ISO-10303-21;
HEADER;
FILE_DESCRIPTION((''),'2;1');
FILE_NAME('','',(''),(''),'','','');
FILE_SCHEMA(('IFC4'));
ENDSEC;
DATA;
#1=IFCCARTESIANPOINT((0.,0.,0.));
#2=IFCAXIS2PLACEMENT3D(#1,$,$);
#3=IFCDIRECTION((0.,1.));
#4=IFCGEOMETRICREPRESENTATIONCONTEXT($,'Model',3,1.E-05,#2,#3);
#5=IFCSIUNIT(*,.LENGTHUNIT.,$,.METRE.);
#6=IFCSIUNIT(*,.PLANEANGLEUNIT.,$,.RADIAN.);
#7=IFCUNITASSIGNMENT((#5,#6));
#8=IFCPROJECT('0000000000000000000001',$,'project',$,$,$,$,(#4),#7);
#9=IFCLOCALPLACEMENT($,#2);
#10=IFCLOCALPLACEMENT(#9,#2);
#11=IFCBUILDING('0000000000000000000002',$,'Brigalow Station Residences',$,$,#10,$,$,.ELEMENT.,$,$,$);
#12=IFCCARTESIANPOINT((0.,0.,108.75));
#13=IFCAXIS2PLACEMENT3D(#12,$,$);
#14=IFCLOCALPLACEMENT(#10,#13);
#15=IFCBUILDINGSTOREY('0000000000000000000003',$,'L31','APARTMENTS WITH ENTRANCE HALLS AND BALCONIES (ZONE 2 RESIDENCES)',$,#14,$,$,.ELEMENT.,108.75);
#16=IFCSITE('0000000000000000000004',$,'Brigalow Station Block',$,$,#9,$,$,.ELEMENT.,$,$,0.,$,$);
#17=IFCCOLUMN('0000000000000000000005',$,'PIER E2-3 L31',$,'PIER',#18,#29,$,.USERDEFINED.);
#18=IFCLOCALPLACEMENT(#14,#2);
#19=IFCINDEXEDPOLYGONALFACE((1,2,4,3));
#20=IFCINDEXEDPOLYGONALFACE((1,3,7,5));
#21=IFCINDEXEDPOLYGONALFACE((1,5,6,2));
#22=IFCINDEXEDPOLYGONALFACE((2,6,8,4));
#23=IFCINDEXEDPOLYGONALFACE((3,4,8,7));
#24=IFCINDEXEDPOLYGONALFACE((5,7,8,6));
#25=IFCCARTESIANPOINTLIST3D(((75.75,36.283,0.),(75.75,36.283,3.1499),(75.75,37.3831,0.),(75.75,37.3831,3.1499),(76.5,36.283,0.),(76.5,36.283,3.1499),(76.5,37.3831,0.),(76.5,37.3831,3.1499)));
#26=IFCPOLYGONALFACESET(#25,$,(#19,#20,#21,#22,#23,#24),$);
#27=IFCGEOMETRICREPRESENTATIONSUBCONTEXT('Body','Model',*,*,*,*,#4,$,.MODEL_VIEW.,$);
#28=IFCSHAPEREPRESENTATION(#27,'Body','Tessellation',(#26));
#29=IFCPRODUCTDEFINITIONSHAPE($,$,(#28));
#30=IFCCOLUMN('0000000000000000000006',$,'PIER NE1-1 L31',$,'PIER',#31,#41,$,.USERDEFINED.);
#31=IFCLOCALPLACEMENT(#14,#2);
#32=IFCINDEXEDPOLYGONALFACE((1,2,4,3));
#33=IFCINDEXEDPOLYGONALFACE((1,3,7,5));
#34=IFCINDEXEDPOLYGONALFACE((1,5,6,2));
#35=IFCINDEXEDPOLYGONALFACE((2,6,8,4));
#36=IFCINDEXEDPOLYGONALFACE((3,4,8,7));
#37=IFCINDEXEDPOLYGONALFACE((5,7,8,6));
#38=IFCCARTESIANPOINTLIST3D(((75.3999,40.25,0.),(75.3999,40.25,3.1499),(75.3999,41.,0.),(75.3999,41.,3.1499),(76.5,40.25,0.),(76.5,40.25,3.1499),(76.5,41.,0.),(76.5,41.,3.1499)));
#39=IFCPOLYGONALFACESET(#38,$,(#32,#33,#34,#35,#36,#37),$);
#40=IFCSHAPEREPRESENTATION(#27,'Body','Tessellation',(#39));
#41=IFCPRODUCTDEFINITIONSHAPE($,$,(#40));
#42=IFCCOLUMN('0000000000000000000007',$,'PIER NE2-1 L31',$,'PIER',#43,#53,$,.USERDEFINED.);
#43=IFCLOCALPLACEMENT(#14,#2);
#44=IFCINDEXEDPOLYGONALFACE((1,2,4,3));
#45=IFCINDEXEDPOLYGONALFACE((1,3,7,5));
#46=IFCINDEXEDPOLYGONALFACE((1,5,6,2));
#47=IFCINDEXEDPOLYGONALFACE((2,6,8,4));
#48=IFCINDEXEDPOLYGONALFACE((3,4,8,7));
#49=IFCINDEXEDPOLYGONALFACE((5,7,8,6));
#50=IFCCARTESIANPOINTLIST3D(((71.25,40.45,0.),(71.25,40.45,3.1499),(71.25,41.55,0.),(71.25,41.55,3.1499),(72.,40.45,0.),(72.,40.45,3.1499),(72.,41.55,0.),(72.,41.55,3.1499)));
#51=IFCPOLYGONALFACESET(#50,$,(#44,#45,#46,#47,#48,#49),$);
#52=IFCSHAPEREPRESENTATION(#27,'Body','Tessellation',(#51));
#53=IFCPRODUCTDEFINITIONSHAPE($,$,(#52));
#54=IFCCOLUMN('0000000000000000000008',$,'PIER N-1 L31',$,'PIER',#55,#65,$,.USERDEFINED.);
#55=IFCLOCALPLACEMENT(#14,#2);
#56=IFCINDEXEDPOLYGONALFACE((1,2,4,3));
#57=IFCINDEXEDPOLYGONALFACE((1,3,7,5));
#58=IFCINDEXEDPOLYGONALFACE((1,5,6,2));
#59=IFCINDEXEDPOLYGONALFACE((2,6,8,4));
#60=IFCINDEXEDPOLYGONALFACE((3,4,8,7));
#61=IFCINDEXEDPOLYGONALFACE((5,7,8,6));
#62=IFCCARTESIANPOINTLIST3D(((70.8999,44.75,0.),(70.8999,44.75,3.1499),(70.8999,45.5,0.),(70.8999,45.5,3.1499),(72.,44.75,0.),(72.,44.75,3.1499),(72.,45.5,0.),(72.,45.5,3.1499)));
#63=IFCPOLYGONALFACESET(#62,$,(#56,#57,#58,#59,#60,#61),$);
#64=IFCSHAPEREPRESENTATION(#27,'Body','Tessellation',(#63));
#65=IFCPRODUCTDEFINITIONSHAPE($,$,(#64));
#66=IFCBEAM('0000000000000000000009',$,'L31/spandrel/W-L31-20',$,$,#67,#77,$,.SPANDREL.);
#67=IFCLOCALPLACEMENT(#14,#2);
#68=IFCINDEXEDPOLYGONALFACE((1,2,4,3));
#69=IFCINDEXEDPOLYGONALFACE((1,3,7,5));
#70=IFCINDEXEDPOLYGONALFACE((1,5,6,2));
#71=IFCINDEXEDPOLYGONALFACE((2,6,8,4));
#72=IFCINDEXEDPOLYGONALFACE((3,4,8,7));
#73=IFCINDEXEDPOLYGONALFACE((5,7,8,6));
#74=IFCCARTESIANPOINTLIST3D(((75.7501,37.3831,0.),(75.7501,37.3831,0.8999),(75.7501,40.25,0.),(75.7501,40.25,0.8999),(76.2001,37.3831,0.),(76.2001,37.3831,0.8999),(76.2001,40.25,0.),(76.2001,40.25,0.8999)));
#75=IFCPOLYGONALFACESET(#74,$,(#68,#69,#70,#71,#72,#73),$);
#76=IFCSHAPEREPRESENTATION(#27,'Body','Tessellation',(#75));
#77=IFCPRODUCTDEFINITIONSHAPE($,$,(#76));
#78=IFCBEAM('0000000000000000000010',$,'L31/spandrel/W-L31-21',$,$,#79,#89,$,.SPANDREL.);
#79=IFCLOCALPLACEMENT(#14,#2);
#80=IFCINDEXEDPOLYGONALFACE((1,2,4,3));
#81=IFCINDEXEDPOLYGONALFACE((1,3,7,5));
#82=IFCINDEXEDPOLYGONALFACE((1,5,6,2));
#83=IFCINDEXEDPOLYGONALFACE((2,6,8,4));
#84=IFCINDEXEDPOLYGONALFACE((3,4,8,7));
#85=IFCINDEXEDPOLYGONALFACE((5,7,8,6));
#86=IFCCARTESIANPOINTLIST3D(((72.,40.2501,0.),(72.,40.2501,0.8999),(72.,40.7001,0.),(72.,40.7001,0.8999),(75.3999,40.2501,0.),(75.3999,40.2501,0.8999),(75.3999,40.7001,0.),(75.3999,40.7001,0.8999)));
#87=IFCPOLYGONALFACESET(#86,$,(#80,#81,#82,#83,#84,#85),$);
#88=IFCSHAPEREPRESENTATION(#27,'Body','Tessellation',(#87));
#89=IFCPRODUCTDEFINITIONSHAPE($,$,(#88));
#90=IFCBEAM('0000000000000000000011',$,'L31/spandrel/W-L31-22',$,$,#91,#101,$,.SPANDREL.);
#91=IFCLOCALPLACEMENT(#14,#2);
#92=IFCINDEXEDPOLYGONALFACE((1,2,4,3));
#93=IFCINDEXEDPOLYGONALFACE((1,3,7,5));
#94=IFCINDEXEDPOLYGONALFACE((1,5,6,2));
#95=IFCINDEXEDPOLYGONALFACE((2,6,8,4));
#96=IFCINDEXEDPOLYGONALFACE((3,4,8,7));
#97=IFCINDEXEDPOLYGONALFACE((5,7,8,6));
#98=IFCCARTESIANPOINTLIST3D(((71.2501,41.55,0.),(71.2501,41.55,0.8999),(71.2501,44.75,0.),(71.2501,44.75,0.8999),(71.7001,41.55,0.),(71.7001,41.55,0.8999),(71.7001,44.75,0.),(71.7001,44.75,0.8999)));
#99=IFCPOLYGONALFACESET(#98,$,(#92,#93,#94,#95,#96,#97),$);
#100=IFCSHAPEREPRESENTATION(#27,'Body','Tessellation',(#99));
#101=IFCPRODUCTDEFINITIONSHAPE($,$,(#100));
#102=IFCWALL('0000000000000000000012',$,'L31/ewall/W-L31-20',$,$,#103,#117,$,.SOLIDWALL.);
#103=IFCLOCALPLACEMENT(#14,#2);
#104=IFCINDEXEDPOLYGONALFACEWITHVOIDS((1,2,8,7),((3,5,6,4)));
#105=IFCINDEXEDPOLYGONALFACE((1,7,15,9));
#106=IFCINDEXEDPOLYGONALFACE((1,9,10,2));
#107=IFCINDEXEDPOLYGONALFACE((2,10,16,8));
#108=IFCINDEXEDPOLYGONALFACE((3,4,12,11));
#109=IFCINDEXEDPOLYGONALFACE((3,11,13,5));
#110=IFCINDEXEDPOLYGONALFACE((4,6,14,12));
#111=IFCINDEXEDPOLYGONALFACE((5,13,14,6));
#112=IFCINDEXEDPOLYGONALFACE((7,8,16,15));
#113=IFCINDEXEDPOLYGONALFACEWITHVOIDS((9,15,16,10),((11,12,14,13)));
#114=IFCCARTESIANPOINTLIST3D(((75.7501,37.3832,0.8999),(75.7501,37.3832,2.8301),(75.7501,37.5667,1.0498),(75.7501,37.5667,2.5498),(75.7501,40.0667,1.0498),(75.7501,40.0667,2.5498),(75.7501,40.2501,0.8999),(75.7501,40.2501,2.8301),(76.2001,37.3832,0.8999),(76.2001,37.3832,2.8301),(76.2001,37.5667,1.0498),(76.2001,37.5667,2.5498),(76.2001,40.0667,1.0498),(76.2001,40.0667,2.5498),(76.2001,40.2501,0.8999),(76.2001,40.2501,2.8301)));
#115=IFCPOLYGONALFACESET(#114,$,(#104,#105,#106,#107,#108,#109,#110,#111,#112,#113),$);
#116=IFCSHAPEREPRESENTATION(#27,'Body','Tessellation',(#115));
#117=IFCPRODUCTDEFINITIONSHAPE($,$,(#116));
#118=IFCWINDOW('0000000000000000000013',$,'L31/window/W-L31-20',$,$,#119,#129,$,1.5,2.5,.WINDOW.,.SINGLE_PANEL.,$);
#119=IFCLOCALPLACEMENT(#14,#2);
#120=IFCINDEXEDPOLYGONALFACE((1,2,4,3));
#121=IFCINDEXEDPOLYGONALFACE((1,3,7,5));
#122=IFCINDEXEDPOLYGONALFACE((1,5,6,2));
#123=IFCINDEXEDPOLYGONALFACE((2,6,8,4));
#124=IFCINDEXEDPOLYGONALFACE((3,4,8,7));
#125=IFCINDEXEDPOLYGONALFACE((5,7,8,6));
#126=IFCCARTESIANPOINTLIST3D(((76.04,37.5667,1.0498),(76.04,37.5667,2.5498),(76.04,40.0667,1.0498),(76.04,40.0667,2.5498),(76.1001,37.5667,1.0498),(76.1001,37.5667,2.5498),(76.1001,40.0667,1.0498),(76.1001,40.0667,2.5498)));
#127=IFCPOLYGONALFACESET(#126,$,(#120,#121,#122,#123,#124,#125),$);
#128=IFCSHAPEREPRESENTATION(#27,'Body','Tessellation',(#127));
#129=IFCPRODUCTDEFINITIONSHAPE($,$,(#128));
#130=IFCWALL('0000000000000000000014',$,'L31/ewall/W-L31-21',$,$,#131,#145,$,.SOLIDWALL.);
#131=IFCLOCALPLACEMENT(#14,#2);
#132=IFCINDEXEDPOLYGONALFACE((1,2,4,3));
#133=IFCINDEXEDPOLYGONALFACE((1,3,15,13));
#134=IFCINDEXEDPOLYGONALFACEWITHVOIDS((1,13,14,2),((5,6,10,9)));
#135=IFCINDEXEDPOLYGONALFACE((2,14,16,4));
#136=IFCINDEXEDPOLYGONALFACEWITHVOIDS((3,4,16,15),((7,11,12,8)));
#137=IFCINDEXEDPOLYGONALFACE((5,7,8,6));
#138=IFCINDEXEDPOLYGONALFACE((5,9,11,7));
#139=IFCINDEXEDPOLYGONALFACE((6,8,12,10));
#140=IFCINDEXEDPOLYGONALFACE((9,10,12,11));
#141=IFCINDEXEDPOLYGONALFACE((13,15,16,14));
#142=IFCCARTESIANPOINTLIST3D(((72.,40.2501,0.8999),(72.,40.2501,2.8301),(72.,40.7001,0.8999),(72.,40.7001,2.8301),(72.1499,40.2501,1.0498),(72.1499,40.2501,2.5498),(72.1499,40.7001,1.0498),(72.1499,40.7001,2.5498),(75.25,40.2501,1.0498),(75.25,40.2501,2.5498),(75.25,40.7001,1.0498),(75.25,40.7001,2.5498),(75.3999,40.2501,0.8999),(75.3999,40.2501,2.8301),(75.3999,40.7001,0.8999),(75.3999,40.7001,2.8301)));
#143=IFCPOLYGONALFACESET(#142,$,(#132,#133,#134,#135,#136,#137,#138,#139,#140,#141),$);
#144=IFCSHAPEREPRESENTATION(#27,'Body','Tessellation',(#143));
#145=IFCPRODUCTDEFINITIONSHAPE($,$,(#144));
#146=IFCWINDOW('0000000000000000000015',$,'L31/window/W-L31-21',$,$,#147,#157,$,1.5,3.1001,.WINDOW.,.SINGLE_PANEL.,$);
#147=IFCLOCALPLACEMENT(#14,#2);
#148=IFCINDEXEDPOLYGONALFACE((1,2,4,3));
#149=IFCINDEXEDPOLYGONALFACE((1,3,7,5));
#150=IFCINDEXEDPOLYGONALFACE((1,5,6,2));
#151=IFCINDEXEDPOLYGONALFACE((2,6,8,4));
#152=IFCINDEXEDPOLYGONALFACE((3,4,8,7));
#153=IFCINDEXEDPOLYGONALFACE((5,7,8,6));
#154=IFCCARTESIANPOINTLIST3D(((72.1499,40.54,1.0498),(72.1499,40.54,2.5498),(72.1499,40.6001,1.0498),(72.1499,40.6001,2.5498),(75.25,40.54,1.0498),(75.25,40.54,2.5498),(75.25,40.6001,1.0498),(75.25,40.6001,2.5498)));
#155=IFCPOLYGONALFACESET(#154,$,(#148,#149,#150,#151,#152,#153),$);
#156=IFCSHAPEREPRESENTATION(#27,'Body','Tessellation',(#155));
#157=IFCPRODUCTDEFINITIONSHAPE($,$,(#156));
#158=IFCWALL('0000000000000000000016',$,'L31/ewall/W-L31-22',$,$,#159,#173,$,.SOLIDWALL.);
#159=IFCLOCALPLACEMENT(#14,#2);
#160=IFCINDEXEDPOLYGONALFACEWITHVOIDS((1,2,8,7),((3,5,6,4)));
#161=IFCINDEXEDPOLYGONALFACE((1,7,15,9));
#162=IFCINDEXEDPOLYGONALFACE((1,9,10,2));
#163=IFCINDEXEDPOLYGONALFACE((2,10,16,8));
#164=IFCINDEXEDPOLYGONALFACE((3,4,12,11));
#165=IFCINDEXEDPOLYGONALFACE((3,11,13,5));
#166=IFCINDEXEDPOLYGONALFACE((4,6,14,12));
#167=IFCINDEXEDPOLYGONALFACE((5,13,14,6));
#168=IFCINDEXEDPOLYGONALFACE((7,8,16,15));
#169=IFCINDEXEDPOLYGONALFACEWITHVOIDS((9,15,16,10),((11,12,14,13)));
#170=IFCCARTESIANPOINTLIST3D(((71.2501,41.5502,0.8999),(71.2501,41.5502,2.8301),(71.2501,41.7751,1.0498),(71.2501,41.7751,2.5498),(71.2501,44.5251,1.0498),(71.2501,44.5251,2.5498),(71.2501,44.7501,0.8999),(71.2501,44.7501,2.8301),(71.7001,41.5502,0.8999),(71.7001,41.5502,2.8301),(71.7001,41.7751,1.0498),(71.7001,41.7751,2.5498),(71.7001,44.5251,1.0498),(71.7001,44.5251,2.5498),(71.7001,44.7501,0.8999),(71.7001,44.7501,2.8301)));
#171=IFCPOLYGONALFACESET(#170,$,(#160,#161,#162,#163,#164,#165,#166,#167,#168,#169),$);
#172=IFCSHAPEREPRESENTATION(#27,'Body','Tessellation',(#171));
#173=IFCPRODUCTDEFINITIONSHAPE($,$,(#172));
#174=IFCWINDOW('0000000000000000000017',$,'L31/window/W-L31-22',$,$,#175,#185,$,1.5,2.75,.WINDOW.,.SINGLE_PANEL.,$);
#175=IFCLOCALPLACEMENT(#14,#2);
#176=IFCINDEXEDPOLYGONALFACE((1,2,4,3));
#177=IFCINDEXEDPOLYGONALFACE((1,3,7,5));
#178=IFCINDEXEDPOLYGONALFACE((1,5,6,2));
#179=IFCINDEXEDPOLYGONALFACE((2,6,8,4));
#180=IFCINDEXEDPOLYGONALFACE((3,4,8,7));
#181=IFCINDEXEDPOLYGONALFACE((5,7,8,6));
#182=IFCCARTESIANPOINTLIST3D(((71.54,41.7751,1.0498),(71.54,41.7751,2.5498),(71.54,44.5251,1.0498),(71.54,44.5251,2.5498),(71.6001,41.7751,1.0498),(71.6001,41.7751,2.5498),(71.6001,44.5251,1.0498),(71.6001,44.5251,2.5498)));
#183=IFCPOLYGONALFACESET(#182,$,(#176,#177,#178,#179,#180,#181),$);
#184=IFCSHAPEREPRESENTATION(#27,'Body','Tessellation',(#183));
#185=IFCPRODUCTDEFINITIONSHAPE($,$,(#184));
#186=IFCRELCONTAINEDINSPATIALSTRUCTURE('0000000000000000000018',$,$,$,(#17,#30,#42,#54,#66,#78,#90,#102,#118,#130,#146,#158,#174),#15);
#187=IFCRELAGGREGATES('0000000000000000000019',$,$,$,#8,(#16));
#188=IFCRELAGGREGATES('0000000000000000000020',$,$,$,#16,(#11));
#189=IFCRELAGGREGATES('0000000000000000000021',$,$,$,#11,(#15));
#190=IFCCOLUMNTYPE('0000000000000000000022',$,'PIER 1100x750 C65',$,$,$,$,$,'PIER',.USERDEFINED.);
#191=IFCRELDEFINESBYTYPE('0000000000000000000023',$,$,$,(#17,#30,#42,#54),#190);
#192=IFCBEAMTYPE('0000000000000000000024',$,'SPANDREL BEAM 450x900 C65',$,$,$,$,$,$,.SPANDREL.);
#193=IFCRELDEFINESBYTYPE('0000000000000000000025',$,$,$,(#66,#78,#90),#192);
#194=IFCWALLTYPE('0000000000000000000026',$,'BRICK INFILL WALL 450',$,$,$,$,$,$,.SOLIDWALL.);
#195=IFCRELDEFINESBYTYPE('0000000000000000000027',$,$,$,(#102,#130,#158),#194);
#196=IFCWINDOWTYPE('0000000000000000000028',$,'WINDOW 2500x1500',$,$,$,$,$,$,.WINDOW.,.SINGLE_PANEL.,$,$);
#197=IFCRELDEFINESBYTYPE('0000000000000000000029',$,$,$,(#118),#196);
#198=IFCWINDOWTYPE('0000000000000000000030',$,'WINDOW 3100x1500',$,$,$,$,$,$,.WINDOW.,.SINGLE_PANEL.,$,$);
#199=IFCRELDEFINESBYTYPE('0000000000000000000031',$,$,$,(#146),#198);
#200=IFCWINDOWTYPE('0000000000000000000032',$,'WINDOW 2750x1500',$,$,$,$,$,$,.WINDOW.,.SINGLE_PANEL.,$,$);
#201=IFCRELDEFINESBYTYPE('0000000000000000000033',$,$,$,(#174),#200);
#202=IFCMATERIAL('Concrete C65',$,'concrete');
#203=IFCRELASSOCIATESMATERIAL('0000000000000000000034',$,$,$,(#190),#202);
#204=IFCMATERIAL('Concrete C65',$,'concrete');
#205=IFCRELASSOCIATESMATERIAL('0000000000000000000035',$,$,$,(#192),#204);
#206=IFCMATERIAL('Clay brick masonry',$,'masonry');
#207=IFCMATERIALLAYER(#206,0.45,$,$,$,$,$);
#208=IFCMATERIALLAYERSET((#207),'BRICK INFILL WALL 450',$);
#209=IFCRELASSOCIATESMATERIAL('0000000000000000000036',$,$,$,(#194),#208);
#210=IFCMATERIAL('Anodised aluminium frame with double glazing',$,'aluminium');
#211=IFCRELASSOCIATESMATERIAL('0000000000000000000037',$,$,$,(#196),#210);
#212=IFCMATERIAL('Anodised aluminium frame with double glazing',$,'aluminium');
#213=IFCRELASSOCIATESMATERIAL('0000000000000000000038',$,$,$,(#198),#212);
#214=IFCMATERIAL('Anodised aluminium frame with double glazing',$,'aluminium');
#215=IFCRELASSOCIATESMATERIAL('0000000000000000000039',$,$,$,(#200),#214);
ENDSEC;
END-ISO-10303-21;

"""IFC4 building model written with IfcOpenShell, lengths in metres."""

from ifc_helpers import new_model, si_unit, direction, frame, frame_2d, origin, origin_2d, place, context, subcontext, project, spatial, rectangle, extrude, material, layer, layer_set, material_profile, profile_set, type_object, element, fill, save


model = new_model("IFC4")

# Units and contexts
model_context = context("Model", 3, precision=1e-05, world=origin(), true_north=direction((0.0, 1.0)))
body_context = subcontext(model_context, "Body", "Model", "MODEL_VIEW")
ifc_project = project(units=[si_unit("LENGTHUNIT", "METRE"), si_unit("PLANEANGLEUNIT", "RADIAN")], contexts=[model_context])

# Site, building, storey
site_placement = place(None, origin())
site = spatial("IfcSite", under=ifc_project, at=site_placement, Name="Brigalow Station Block", CompositionType="ELEMENT", RefElevation=0.0)
building_placement = place(site_placement, origin())
building = spatial("IfcBuilding", under=site, at=building_placement, Name="Brigalow Station Residences", CompositionType="ELEMENT")
storey_placement = place(building_placement, frame((0.0, 0.0, 108.75)))
storey = spatial("IfcBuildingStorey", under=building, at=storey_placement, Name="L31", Description="APARTMENTS WITH ENTRANCE HALLS AND BALCONIES (ZONE 2 RESIDENCES)", CompositionType="ELEMENT", Elevation=108.75)

# Columns
ifc_material_1 = material(Name="Concrete C65", Category="concrete")
ifc_material_profile_1 = material_profile(ifc_material_1, rectangle(XDim=1.1001, YDim=0.75, at=origin_2d()), Name="RC1100x750")
ifc_profile_set_1 = profile_set([ifc_material_profile_1], Name="Concrete C65")
column_type = type_object("IfcColumnType", Name="PIER 1100x750 C65", ElementType="PIER", PredefinedType="USERDEFINED", material=ifc_profile_set_1)
for number, where, z_axis, x_axis, name in (
    (1, (76.125, 36.833, 0.0), (0.0, 0.0, 1.0), (0.0, 1.0, 0.0), "PIER E2-3 L31"),
    (2, (75.95, 40.625, 0.0), (0.0, 0.0, 1.0), (-1.0, 0.0, 0.0), "PIER NE1-1 L31"),
    (3, (71.625, 41.0, 0.0), (0.0, 0.0, 1.0), (0.0, 1.0, 0.0), "PIER NE2-1 L31"),
    (4, (71.45, 45.125, 0.0), (0.0, 0.0, 1.0), (-1.0, 0.0, 0.0), "PIER N-1 L31"),
):
    element("IfcColumn", number, at=place(storey_placement, frame(where, z_axis=z_axis, x_axis=x_axis)), inside=storey, type_object=column_type, Name=name, ObjectType="PIER", PredefinedType="USERDEFINED", context=body_context, shape_type="SweptSolid", body=[
        extrude(rectangle(XDim=1.1001, YDim=0.75, at=origin_2d()), origin(), (0.0, 0.0, 1.0), 3.1499),
    ])

# Beams
ifc_material_2 = material(Name="Concrete C65", Category="concrete")
ifc_material_profile_2 = material_profile(ifc_material_2, rectangle(XDim=0.45, YDim=0.8999, at=origin_2d()), Name="RC450x900")
ifc_profile_set_2 = profile_set([ifc_material_profile_2], Name="Concrete C65")
beam_type = type_object("IfcBeamType", Name="SPANDREL BEAM 450x900 C65", PredefinedType="SPANDREL", material=ifc_profile_set_2)
beam_1_placement = place(storey_placement, frame((75.9751, 37.3831, 0.45), z_axis=(0.0, 1.0, 0.0), x_axis=(-1.0, 0.0, 0.0)))
element("IfcBeam", 5, at=beam_1_placement, inside=storey, type_object=beam_type, Name="L31/spandrel/W-L31-20", PredefinedType="SPANDREL", context=body_context, shape_type="SweptSolid", body=[
    extrude(rectangle(XDim=0.45, YDim=0.8999, at=origin_2d()), origin(), (0.0, 0.0, 1.0), 2.8669),
])
beam_2_placement = place(storey_placement, frame((75.3999, 40.4751, 0.45), z_axis=(-1.0, 0.0, 0.0), x_axis=(0.0, -1.0, 0.0)))
element("IfcBeam", 6, at=beam_2_placement, inside=storey, type_object=beam_type, Name="L31/spandrel/W-L31-21", PredefinedType="SPANDREL", context=body_context, shape_type="SweptSolid", body=[
    extrude(rectangle(XDim=0.45, YDim=0.8999, at=origin_2d()), origin(), (0.0, 0.0, 1.0), 3.3999),
])
beam_3_placement = place(storey_placement, frame((71.4751, 41.55, 0.45), z_axis=(0.0, 1.0, 0.0), x_axis=(-1.0, 0.0, 0.0)))
element("IfcBeam", 7, at=beam_3_placement, inside=storey, type_object=beam_type, Name="L31/spandrel/W-L31-22", PredefinedType="SPANDREL", context=body_context, shape_type="SweptSolid", body=[
    extrude(rectangle(XDim=0.45, YDim=0.8999, at=origin_2d()), origin(), (0.0, 0.0, 1.0), 3.2),
])

# Walls, openings, windows
ifc_material_3 = material(Name="Clay brick masonry", Category="masonry")
ifc_layer_1 = layer(ifc_material_3, 0.45)
ifc_layer_set_1 = layer_set([ifc_layer_1], Name="BRICK INFILL WALL 450")
wall_type_1 = type_object("IfcWallType", Name="BRICK INFILL WALL 450", PredefinedType="SOLIDWALL", material=ifc_layer_set_1)
wall_1_placement = place(storey_placement, frame((75.9751, 37.3831, 0.8999), z_axis=(0.0, 0.0, 1.0), x_axis=(0.0, 1.0, 0.0)))
wall_1 = element("IfcWall", 8, at=wall_1_placement, inside=storey, type_object=wall_type_1, Name="L31/ewall/W-L31-20", PredefinedType="SOLIDWALL", context=body_context, shape_type="SweptSolid", body=[
    extrude(rectangle(XDim=2.8669, YDim=0.45, at=frame_2d((1.4336, 0.0))), origin(), (0.0, 0.0, 1.0), 1.9302),
])
opening_1_placement = place(wall_1_placement, frame((0.1836, 0.0, 0.1499)))
opening_1 = element("IfcOpeningElement", 9, at=opening_1_placement, cuts=wall_1, PredefinedType="OPENING", context=body_context, shape_type="SweptSolid", body=[
    extrude(rectangle(XDim=2.5, YDim=1.5, at=frame_2d((1.25, 0.75))), frame((0.0, 0.2349, 0.0), z_axis=(0.0, -1.0, 0.0), x_axis=(1.0, 0.0, 0.0)), (0.0, 0.0, 1.0), 0.47),
])
ifc_material_4 = material(Name="Anodised aluminium frame with double glazing", Category="aluminium")
window_type_1 = type_object("IfcWindowType", Name="WINDOW 2500x1500", PartitioningType="SINGLE_PANEL", PredefinedType="WINDOW", material=ifc_material_4)
window_1_placement = place(opening_1_placement, origin())
window_1 = element("IfcWindow", 10, at=window_1_placement, inside=storey, type_object=window_type_1, Name="L31/window/W-L31-20", OverallHeight=1.5, OverallWidth=2.5, PartitioningType="SINGLE_PANEL", PredefinedType="WINDOW", context=body_context, shape_type="SweptSolid", body=[
    extrude(rectangle(XDim=2.5, YDim=1.5, at=frame_2d((1.25, 0.75))), frame((0.0, -0.0649, 0.0), z_axis=(0.0, -1.0, 0.0), x_axis=(1.0, 0.0, 0.0)), (0.0, 0.0, 1.0), 0.0601),
])
fill(opening_1, window_1)
wall_2_placement = place(storey_placement, frame((75.3999, 40.4751, 0.8999), z_axis=(0.0, 0.0, 1.0), x_axis=(-1.0, 0.0, 0.0)))
wall_2 = element("IfcWall", 11, at=wall_2_placement, inside=storey, type_object=wall_type_1, Name="L31/ewall/W-L31-21", PredefinedType="SOLIDWALL", context=body_context, shape_type="SweptSolid", body=[
    extrude(rectangle(XDim=3.3999, YDim=0.45, at=frame_2d((1.7, 0.0))), origin(), (0.0, 0.0, 1.0), 1.9302),
])
opening_2_placement = place(wall_2_placement, frame((0.1499, 0.0, 0.1499)))
opening_2 = element("IfcOpeningElement", 12, at=opening_2_placement, cuts=wall_2, PredefinedType="OPENING", context=body_context, shape_type="SweptSolid", body=[
    extrude(rectangle(XDim=3.1001, YDim=1.5, at=frame_2d((1.55, 0.75))), frame((0.0, 0.2349, 0.0), z_axis=(0.0, -1.0, 0.0), x_axis=(1.0, 0.0, 0.0)), (0.0, 0.0, 1.0), 0.47),
])
ifc_material_5 = material(Name="Anodised aluminium frame with double glazing", Category="aluminium")
window_type_2 = type_object("IfcWindowType", Name="WINDOW 3100x1500", PartitioningType="SINGLE_PANEL", PredefinedType="WINDOW", material=ifc_material_5)
window_2_placement = place(opening_2_placement, origin())
window_2 = element("IfcWindow", 13, at=window_2_placement, inside=storey, type_object=window_type_2, Name="L31/window/W-L31-21", OverallHeight=1.5, OverallWidth=3.1001, PartitioningType="SINGLE_PANEL", PredefinedType="WINDOW", context=body_context, shape_type="SweptSolid", body=[
    extrude(rectangle(XDim=3.1001, YDim=1.5, at=frame_2d((1.55, 0.75))), frame((0.0, -0.0649, 0.0), z_axis=(0.0, -1.0, 0.0), x_axis=(1.0, 0.0, 0.0)), (0.0, 0.0, 1.0), 0.0601),
])
fill(opening_2, window_2)
wall_3_placement = place(storey_placement, frame((71.4751, 41.55, 0.8999), z_axis=(0.0, 0.0, 1.0), x_axis=(0.0, 1.0, 0.0)))
wall_3 = element("IfcWall", 14, at=wall_3_placement, inside=storey, type_object=wall_type_1, Name="L31/ewall/W-L31-22", PredefinedType="SOLIDWALL", context=body_context, shape_type="SweptSolid", body=[
    extrude(rectangle(XDim=3.2, YDim=0.45, at=frame_2d((1.6001, 0.0))), origin(), (0.0, 0.0, 1.0), 1.9302),
])
opening_3_placement = place(wall_3_placement, frame((0.2251, 0.0, 0.1499)))
opening_3 = element("IfcOpeningElement", 15, at=opening_3_placement, cuts=wall_3, PredefinedType="OPENING", context=body_context, shape_type="SweptSolid", body=[
    extrude(rectangle(XDim=2.75, YDim=1.5, at=frame_2d((1.375, 0.75))), frame((0.0, 0.2349, 0.0), z_axis=(0.0, -1.0, 0.0), x_axis=(1.0, 0.0, 0.0)), (0.0, 0.0, 1.0), 0.47),
])
ifc_material_6 = material(Name="Anodised aluminium frame with double glazing", Category="aluminium")
window_type_3 = type_object("IfcWindowType", Name="WINDOW 2750x1500", PartitioningType="SINGLE_PANEL", PredefinedType="WINDOW", material=ifc_material_6)
window_3_placement = place(opening_3_placement, origin())
window_3 = element("IfcWindow", 16, at=window_3_placement, inside=storey, type_object=window_type_3, Name="L31/window/W-L31-22", OverallHeight=1.5, OverallWidth=2.75, PartitioningType="SINGLE_PANEL", PredefinedType="WINDOW", context=body_context, shape_type="SweptSolid", body=[
    extrude(rectangle(XDim=2.75, YDim=1.5, at=frame_2d((1.375, 0.75))), frame((0.0, -0.0649, 0.0), z_axis=(0.0, -1.0, 0.0), x_axis=(1.0, 0.0, 0.0)), (0.0, 0.0, 1.0), 0.0601),
])
fill(opening_3, window_3)

save(model, "model.ifc")
